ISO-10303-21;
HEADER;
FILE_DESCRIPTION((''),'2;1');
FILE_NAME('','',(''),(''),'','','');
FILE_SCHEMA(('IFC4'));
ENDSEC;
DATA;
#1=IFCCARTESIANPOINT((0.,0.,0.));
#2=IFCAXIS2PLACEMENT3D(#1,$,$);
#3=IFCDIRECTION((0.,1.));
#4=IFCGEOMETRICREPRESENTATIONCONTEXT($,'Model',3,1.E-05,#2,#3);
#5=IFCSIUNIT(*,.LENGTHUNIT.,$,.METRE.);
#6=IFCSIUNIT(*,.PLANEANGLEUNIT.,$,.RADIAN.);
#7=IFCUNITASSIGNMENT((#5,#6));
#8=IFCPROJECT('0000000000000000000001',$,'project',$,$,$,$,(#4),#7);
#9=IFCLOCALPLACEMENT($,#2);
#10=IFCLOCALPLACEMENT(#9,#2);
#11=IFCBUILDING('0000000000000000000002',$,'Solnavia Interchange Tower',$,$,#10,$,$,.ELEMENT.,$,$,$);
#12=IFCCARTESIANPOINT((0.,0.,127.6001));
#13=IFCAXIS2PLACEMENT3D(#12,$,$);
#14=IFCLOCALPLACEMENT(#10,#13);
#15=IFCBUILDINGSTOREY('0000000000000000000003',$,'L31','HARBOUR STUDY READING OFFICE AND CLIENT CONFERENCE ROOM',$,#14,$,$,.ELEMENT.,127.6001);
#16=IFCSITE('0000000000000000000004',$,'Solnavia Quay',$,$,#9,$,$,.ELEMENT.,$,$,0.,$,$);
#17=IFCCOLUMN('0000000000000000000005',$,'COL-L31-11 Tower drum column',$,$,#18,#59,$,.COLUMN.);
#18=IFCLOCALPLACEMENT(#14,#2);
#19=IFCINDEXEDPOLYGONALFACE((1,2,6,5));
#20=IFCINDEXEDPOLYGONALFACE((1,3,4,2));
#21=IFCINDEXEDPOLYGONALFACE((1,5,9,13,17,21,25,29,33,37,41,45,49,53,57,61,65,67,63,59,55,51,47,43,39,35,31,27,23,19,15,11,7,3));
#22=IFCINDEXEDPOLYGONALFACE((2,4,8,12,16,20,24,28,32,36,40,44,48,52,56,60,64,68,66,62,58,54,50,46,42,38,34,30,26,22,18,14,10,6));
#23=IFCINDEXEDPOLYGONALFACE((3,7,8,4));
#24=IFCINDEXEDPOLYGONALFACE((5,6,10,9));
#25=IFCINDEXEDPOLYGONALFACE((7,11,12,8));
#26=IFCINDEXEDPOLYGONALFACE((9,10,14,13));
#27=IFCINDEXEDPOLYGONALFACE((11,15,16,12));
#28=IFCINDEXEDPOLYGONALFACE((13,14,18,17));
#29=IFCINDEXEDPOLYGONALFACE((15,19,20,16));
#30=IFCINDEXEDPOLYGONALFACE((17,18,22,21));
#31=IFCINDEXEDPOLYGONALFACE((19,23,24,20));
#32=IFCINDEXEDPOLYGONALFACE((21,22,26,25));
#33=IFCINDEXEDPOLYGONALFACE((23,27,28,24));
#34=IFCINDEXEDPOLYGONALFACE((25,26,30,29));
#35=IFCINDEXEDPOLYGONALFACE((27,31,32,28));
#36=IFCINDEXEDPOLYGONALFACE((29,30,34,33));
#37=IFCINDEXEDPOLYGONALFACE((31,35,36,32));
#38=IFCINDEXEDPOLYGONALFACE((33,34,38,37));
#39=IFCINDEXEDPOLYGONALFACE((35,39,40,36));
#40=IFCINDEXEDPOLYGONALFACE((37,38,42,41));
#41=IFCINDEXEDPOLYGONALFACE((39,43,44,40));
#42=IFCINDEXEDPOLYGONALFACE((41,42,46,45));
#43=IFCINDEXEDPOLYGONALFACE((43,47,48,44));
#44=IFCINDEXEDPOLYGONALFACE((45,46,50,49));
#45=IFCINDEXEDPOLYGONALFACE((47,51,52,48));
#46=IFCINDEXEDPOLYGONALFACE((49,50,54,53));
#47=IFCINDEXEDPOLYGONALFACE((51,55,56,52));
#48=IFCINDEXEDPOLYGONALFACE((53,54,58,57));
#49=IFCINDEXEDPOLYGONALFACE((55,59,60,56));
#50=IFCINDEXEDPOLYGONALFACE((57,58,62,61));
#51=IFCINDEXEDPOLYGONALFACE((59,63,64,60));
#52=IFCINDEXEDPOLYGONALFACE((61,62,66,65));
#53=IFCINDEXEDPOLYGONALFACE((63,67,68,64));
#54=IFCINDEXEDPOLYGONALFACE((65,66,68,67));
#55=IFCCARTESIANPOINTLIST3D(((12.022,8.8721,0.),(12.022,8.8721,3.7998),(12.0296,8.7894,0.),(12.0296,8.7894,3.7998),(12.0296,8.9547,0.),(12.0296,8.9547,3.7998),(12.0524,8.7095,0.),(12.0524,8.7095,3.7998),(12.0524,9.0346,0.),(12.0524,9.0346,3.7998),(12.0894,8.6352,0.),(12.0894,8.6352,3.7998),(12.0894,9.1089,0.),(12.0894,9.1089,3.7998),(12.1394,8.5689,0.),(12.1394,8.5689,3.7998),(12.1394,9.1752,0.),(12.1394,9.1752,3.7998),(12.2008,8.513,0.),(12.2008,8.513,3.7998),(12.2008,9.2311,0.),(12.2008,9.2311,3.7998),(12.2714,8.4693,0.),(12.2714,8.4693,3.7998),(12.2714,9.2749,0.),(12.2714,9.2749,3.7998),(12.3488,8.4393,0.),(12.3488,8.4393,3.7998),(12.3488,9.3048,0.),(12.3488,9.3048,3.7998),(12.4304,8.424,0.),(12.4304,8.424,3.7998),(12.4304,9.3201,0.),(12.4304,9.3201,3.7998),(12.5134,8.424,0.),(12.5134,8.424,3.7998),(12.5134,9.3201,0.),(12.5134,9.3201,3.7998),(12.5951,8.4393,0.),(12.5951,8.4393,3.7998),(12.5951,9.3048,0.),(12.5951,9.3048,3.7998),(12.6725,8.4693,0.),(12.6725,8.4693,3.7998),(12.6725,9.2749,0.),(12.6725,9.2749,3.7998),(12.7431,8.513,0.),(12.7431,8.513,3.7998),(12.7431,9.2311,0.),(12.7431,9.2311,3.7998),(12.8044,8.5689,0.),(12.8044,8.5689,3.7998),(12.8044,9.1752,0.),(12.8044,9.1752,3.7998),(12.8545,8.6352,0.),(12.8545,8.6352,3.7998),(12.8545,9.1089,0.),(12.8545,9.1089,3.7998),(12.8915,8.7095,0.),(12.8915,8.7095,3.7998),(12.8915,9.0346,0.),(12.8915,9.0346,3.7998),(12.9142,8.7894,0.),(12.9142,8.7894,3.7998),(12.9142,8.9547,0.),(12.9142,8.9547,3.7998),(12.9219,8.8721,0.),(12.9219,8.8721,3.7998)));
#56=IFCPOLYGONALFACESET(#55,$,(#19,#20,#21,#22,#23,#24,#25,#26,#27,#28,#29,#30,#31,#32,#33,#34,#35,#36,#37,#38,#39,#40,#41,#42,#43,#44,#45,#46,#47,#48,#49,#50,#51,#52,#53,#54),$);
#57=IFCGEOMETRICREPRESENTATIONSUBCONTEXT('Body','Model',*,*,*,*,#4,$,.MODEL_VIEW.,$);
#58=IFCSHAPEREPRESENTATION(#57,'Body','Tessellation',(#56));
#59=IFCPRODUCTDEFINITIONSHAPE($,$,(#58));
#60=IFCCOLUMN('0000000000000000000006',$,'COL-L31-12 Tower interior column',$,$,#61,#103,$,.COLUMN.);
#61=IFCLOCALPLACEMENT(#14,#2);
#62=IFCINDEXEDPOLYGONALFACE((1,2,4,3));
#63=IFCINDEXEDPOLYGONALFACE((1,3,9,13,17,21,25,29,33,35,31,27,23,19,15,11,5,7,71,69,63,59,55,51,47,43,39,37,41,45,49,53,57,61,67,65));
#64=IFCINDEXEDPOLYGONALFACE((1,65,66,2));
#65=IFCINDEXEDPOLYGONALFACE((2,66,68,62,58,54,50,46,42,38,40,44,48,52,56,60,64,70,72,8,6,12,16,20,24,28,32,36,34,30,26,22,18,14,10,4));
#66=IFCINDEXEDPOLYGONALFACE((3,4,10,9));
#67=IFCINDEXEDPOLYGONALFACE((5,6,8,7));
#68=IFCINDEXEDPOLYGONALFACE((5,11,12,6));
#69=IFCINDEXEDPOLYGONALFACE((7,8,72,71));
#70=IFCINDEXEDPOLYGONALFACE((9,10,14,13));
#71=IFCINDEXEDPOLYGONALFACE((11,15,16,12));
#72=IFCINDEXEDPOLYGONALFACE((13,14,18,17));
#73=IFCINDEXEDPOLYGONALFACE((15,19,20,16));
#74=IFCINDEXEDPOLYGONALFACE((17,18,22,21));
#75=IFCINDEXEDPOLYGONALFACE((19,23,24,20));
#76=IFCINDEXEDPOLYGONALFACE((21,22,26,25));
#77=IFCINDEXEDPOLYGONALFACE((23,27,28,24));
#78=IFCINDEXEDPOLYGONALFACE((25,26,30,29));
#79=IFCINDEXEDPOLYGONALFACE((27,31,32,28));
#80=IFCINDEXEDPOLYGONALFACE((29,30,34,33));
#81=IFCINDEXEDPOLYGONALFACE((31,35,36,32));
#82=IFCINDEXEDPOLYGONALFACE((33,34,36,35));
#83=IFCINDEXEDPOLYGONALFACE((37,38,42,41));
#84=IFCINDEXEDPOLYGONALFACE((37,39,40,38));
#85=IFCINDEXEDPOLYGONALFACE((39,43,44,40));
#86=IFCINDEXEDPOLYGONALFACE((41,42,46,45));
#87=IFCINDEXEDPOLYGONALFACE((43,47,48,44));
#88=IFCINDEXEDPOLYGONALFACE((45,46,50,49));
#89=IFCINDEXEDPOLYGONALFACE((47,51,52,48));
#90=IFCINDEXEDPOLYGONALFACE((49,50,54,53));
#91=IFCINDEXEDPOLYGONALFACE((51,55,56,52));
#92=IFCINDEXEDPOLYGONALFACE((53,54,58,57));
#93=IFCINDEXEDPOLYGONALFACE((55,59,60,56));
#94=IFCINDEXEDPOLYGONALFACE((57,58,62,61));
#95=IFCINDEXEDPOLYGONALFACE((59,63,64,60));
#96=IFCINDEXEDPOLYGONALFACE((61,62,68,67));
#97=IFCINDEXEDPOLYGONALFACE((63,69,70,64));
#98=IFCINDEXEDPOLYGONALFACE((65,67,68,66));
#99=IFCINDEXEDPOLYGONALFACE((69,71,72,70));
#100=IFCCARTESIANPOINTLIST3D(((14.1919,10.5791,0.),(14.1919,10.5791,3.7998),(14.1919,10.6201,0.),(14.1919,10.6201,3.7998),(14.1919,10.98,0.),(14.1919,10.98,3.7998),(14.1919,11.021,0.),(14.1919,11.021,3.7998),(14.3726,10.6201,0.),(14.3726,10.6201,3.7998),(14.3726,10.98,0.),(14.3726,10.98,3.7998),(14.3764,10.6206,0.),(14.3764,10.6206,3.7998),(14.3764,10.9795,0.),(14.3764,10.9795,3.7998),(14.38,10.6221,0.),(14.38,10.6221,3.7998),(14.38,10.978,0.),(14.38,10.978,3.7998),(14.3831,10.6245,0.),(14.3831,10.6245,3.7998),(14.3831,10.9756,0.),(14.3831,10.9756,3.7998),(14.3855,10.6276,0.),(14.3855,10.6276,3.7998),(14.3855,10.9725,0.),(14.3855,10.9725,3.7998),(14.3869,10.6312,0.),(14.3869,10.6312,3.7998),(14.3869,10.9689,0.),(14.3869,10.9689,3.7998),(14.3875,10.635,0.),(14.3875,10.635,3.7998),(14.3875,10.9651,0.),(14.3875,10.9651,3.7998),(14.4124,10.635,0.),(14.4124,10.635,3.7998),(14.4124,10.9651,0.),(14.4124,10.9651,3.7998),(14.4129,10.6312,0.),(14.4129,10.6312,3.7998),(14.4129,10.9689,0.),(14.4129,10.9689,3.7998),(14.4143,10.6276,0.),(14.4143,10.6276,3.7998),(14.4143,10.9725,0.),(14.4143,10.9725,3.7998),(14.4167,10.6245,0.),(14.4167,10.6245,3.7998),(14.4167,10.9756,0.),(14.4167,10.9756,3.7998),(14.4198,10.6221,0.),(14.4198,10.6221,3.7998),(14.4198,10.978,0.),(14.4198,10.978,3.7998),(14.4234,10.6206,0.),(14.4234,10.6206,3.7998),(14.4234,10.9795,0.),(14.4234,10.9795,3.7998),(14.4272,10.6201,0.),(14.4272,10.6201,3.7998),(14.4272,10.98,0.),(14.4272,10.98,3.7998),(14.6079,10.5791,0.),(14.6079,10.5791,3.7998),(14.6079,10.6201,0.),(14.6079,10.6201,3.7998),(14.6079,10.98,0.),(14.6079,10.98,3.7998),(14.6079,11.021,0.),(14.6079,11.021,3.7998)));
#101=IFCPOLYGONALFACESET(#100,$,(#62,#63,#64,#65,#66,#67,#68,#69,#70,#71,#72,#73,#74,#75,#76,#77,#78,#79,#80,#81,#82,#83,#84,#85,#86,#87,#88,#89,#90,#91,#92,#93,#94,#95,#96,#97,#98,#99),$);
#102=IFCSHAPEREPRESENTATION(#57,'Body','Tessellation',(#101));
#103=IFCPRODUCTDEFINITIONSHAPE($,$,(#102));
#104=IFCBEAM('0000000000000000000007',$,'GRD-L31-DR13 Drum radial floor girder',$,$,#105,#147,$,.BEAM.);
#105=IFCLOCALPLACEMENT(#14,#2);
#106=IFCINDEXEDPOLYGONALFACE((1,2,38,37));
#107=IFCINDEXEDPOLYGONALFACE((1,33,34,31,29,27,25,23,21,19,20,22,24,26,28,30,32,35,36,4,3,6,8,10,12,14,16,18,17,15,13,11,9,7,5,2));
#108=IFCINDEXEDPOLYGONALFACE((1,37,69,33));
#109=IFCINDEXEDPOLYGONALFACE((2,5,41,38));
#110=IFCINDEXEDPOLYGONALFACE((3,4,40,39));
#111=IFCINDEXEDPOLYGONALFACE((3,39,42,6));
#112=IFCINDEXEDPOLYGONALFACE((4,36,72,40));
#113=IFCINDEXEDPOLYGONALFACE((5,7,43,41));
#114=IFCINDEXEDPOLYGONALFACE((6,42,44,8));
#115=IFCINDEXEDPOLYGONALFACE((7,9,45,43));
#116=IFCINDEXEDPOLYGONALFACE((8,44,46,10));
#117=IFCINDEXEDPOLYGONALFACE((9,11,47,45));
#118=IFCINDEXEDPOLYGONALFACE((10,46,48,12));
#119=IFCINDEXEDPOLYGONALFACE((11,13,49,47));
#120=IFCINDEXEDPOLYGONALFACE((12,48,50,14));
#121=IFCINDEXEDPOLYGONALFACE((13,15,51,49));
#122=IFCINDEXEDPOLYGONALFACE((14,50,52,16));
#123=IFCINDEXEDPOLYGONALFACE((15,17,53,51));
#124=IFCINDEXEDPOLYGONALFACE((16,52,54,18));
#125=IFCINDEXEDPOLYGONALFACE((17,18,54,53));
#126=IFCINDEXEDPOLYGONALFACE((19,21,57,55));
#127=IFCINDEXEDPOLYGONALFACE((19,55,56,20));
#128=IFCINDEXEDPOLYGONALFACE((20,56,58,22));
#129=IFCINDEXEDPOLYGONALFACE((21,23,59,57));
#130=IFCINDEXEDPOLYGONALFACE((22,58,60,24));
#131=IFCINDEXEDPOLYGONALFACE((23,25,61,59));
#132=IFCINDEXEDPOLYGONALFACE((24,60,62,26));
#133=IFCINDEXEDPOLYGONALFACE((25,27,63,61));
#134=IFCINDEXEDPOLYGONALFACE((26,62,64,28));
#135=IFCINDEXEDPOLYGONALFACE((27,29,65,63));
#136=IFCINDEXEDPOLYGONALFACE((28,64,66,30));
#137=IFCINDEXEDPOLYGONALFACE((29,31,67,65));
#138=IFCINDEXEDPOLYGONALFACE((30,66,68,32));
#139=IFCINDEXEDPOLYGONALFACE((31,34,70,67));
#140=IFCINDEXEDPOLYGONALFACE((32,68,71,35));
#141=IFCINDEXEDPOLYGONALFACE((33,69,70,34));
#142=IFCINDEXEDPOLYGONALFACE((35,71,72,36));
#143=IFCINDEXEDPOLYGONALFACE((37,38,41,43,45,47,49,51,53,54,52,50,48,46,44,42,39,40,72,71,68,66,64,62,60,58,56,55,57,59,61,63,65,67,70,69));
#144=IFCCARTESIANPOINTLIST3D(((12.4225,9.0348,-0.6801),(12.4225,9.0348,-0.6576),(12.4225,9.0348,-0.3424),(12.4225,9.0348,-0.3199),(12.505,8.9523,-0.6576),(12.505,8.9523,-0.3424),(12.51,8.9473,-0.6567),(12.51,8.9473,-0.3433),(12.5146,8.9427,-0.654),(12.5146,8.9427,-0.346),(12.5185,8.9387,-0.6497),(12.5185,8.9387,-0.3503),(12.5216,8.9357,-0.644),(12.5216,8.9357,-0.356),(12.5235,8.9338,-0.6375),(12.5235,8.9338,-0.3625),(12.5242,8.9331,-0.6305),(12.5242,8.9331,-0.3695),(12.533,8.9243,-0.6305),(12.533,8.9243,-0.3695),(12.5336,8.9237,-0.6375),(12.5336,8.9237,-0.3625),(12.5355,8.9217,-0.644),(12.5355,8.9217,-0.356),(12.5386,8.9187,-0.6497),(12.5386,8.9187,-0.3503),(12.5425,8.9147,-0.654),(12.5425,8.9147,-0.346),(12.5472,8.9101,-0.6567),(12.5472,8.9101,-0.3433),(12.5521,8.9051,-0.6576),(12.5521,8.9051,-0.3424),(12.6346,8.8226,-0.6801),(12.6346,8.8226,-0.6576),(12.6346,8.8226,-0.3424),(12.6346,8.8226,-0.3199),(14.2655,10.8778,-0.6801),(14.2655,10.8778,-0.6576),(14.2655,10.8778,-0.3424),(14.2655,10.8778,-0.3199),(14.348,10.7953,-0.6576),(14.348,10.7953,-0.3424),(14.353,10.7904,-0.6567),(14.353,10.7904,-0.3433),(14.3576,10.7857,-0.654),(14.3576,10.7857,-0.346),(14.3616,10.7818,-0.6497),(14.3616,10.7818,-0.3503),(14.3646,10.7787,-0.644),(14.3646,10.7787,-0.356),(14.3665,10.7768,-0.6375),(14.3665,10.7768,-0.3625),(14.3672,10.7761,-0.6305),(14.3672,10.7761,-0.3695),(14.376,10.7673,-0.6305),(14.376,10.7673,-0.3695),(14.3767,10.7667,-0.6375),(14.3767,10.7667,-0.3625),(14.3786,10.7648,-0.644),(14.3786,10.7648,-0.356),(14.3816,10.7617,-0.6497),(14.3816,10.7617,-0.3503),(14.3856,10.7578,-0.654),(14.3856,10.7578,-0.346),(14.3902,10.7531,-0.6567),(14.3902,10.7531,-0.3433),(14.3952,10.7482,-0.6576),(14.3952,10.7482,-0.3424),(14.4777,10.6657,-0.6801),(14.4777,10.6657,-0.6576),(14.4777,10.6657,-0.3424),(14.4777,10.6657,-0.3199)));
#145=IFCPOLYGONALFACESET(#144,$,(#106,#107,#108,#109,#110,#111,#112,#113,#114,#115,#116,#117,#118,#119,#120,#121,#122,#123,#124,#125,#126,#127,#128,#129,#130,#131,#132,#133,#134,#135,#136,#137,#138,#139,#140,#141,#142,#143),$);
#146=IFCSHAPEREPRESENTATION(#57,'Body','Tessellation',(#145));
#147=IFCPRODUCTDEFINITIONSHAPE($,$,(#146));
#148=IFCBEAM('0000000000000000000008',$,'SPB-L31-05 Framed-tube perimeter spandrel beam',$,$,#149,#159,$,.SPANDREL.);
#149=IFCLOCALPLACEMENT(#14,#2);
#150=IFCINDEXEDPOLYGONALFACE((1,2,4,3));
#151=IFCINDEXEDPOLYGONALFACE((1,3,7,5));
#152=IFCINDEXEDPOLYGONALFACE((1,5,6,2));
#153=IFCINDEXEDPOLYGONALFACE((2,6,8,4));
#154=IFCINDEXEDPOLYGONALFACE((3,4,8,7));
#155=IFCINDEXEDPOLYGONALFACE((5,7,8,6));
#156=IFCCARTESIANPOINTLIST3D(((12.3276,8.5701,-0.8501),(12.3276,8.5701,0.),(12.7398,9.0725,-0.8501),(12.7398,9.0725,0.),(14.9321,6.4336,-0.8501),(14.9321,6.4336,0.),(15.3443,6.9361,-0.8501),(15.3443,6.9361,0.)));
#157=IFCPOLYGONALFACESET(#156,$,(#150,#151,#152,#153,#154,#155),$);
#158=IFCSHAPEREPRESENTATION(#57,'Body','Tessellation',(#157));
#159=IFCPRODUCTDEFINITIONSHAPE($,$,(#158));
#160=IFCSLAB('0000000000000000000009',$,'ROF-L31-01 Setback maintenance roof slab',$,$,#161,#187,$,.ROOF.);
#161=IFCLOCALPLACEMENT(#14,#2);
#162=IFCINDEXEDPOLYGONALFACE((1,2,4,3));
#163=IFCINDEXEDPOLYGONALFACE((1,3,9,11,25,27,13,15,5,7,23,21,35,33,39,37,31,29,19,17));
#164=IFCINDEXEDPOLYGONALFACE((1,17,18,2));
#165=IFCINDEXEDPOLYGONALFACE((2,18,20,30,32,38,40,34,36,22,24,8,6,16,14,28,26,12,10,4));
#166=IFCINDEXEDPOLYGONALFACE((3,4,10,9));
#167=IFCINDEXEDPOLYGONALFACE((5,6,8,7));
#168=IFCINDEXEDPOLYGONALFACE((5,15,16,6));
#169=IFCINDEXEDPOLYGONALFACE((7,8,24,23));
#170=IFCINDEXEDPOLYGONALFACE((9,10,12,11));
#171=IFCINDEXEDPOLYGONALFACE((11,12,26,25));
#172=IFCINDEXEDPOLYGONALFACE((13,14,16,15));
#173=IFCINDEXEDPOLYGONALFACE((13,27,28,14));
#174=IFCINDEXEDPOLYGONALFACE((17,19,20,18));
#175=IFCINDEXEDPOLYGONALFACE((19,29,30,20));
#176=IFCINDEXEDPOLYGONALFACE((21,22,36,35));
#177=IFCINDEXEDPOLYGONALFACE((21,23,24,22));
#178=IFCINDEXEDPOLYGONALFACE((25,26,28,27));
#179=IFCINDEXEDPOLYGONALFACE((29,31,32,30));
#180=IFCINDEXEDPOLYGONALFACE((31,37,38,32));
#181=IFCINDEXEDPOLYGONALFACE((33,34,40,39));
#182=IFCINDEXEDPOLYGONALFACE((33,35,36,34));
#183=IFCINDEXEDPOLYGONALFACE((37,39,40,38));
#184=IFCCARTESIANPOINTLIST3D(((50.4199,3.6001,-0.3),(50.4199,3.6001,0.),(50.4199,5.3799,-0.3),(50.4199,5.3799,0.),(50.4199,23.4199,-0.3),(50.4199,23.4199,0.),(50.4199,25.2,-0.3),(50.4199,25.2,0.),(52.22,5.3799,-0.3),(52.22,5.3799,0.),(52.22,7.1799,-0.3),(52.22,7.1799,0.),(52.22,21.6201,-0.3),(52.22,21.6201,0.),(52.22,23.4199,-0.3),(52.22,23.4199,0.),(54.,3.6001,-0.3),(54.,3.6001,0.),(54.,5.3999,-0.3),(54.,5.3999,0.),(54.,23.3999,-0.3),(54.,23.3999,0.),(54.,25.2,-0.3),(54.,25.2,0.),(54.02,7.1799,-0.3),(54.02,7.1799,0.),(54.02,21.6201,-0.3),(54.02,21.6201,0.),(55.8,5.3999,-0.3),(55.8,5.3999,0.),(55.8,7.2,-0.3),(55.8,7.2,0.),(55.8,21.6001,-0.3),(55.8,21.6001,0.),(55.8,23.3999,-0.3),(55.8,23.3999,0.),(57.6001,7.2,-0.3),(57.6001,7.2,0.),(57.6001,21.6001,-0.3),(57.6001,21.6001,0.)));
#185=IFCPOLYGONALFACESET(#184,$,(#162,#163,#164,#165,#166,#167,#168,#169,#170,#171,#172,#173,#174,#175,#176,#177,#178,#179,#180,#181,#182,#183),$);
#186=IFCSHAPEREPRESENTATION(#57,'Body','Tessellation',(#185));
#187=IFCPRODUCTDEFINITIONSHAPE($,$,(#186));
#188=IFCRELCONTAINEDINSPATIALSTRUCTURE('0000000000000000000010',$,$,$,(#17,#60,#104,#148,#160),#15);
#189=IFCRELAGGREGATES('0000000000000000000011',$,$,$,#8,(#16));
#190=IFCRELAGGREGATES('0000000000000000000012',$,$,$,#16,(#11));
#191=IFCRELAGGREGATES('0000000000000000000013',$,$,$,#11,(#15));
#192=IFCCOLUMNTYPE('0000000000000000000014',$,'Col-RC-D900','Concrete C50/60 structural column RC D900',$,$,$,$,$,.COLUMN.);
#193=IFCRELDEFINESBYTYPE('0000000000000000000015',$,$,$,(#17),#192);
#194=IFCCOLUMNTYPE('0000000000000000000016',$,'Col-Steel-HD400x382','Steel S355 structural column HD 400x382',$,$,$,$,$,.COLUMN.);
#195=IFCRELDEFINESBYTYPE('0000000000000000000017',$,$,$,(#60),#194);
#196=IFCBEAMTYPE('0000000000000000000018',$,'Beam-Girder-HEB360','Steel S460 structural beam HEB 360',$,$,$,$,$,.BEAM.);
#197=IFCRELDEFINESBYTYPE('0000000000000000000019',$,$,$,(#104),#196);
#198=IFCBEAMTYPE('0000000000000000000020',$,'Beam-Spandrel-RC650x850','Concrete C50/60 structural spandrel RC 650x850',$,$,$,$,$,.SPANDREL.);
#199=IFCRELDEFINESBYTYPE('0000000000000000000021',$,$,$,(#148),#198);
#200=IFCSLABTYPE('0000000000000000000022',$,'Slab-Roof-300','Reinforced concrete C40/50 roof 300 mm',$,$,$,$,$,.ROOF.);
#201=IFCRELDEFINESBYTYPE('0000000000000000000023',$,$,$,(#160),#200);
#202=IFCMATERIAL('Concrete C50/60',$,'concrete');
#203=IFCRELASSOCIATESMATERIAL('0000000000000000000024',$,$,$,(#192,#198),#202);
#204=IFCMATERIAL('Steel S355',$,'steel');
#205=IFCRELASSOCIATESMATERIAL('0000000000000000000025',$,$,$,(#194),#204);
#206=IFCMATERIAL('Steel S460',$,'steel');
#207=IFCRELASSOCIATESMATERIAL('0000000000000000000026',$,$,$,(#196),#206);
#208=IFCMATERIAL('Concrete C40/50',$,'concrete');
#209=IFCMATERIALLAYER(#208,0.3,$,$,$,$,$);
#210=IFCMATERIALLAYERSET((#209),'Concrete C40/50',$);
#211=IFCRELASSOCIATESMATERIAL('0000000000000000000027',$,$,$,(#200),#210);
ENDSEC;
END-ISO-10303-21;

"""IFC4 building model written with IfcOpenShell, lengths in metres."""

from ifc_helpers import new_model, si_unit, direction, frame, origin, origin_2d, place, context, subcontext, project, spatial, polyline, rectangle, circle, i_section, outline, extrude, material, layer, layer_set, material_profile, profile_set, type_object, element, save


model = new_model("IFC4")

# Units and contexts
model_context = context("Model", 3, precision=1e-05, world=origin(), true_north=direction((0.0, 1.0)))
body_context = subcontext(model_context, "Body", "Model", "MODEL_VIEW")
ifc_project = project(units=[si_unit("LENGTHUNIT", "METRE"), si_unit("PLANEANGLEUNIT", "RADIAN")], contexts=[model_context])

# Site, building, storey
site_placement = place(None, origin())
site = spatial("IfcSite", under=ifc_project, at=site_placement, Name="Solnavia Quay", CompositionType="ELEMENT", RefElevation=0.0)
building_placement = place(site_placement, origin())
building = spatial("IfcBuilding", under=site, at=building_placement, Name="Solnavia Interchange Tower", CompositionType="ELEMENT")
storey_placement = place(building_placement, frame((0.0, 0.0, 127.6001)))
storey = spatial("IfcBuildingStorey", under=building, at=storey_placement, Name="L31", Description="HARBOUR STUDY READING OFFICE AND CLIENT CONFERENCE ROOM", CompositionType="ELEMENT", Elevation=127.6001)

# Columns
ifc_material_1 = material(Name="Concrete C50/60", Category="concrete")
ifc_material_profile_1 = material_profile(ifc_material_1, circle(Radius=0.45, at=origin_2d()), Name="RC D900")
ifc_profile_set_1 = profile_set([ifc_material_profile_1], Name="Concrete C50/60")
column_type_1 = type_object("IfcColumnType", Name="Col-RC-D900", Description="Concrete C50/60 structural column RC D900", PredefinedType="COLUMN", material=ifc_profile_set_1)
column_1_placement = place(storey_placement, frame((12.4719, 8.8721, 0.0), z_axis=(0.0, 0.0, 1.0), x_axis=(1.0, 0.0, 0.0)))
element("IfcColumn", 1, at=column_1_placement, inside=storey, type_object=column_type_1, Name="COL-L31-11 Tower drum column", PredefinedType="COLUMN", context=body_context, shape_type="SweptSolid", body=[
    extrude(circle(Radius=0.45, at=origin_2d()), origin(), (0.0, 0.0, 1.0), 3.7998),
])
ifc_material_2 = material(Name="Steel S355", Category="steel")
ifc_material_profile_2 = material_profile(ifc_material_2, i_section(OverallWidth=0.416, OverallDepth=0.4419, WebThickness=0.0249, FlangeThickness=0.041, FilletRadius=0.0149, at=origin_2d()), Name="HD 400x382")
ifc_profile_set_2 = profile_set([ifc_material_profile_2], Name="Steel S355")
column_type_2 = type_object("IfcColumnType", Name="Col-Steel-HD400x382", Description="Steel S355 structural column HD 400x382", PredefinedType="COLUMN", material=ifc_profile_set_2)
column_2_placement = place(storey_placement, frame((14.3999, 10.8, 0.0), z_axis=(0.0, 0.0, 1.0), x_axis=(1.0, 0.0, 0.0)))
element("IfcColumn", 2, at=column_2_placement, inside=storey, type_object=column_type_2, Name="COL-L31-12 Tower interior column", PredefinedType="COLUMN", context=body_context, shape_type="SweptSolid", body=[
    extrude(i_section(OverallWidth=0.416, OverallDepth=0.4419, WebThickness=0.0249, FlangeThickness=0.041, FilletRadius=0.0149, at=origin_2d()), origin(), (0.0, 0.0, 1.0), 3.7998),
])

# Beams
ifc_material_3 = material(Name="Steel S460", Category="steel")
ifc_material_profile_3 = material_profile(ifc_material_3, i_section(OverallWidth=0.3, OverallDepth=0.3601, WebThickness=0.0125, FlangeThickness=0.0225, FilletRadius=0.0271, at=origin_2d()), Name="HEB 360")
ifc_profile_set_3 = profile_set([ifc_material_profile_3], Name="Steel S460")
beam_type_1 = type_object("IfcBeamType", Name="Beam-Girder-HEB360", Description="Steel S460 structural beam HEB 360", PredefinedType="BEAM", material=ifc_profile_set_3)
beam_1_placement = place(storey_placement, frame((12.5286, 8.9287, -0.5), z_axis=(0.707107, 0.707107, 0.0), x_axis=(-0.707107, 0.707107, 0.0)))
element("IfcBeam", 3, at=beam_1_placement, inside=storey, type_object=beam_type_1, Name="GRD-L31-DR13 Drum radial floor girder", PredefinedType="BEAM", context=body_context, shape_type="SweptSolid", body=[
    extrude(i_section(OverallWidth=0.3, OverallDepth=0.3601, WebThickness=0.0125, FlangeThickness=0.0225, FilletRadius=0.0271, at=origin_2d()), origin(), (0.0, 0.0, 1.0), 2.6064),
])
ifc_material_profile_4 = material_profile(ifc_material_1, rectangle(XDim=0.6499, YDim=0.8501, at=origin_2d()), Name="RC 650x850")
ifc_profile_set_4 = profile_set([ifc_material_profile_4], Name="Concrete C50/60")
beam_type_2 = type_object("IfcBeamType", Name="Beam-Spandrel-RC650x850", Description="Concrete C50/60 structural spandrel RC 650x850", PredefinedType="SPANDREL", material=ifc_profile_set_4)
beam_2_placement = place(storey_placement, frame((12.5337, 8.8213, -0.425), z_axis=(0.773153, -0.63422, 0.0), x_axis=(0.63422, 0.773153, 0.0)))
element("IfcBeam", 4, at=beam_2_placement, inside=storey, type_object=beam_type_2, Name="SPB-L31-05 Framed-tube perimeter spandrel beam", PredefinedType="SPANDREL", context=body_context, shape_type="SweptSolid", body=[
    extrude(rectangle(XDim=0.6499, YDim=0.8501, at=origin_2d()), origin(), (0.0, 0.0, 1.0), 3.3687),
])

# Slab
ifc_material_4 = material(Name="Concrete C40/50", Category="concrete")
ifc_layer_1 = layer(ifc_material_4, 0.3)
ifc_layer_set_1 = layer_set([ifc_layer_1], Name="Concrete C40/50")
slab_type_1 = type_object("IfcSlabType", Name="Slab-Roof-300", Description="Reinforced concrete C40/50 roof 300 mm", PredefinedType="ROOF", material=ifc_layer_set_1)
slab_1_placement = place(storey_placement, frame((0.0, 0.0, -0.3)))
element("IfcSlab", 5, at=slab_1_placement, inside=storey, type_object=slab_type_1, Name="ROF-L31-01 Setback maintenance roof slab", PredefinedType="ROOF", context=body_context, shape_type="SweptSolid", body=[
    extrude(outline(polyline([(54.0, 23.3999), (55.8, 23.3999), (55.8, 21.6001), (57.6001, 21.6001), (57.6001, 7.2), (55.8, 7.2), (55.8, 5.3999), (54.0, 5.3999), (54.0, 3.6001), (50.4199, 3.6001), (50.4199, 5.3799), (52.22, 5.3799), (52.22, 7.1799), (54.02, 7.1799), (54.02, 21.6201), (52.22, 21.6201), (52.22, 23.4199), (50.4199, 23.4199), (50.4199, 25.2), (54.0, 25.2), (54.0, 23.3999)])), origin(), (0.0, 0.0, 1.0), 0.3),
])

save(model, "model.ifc")
